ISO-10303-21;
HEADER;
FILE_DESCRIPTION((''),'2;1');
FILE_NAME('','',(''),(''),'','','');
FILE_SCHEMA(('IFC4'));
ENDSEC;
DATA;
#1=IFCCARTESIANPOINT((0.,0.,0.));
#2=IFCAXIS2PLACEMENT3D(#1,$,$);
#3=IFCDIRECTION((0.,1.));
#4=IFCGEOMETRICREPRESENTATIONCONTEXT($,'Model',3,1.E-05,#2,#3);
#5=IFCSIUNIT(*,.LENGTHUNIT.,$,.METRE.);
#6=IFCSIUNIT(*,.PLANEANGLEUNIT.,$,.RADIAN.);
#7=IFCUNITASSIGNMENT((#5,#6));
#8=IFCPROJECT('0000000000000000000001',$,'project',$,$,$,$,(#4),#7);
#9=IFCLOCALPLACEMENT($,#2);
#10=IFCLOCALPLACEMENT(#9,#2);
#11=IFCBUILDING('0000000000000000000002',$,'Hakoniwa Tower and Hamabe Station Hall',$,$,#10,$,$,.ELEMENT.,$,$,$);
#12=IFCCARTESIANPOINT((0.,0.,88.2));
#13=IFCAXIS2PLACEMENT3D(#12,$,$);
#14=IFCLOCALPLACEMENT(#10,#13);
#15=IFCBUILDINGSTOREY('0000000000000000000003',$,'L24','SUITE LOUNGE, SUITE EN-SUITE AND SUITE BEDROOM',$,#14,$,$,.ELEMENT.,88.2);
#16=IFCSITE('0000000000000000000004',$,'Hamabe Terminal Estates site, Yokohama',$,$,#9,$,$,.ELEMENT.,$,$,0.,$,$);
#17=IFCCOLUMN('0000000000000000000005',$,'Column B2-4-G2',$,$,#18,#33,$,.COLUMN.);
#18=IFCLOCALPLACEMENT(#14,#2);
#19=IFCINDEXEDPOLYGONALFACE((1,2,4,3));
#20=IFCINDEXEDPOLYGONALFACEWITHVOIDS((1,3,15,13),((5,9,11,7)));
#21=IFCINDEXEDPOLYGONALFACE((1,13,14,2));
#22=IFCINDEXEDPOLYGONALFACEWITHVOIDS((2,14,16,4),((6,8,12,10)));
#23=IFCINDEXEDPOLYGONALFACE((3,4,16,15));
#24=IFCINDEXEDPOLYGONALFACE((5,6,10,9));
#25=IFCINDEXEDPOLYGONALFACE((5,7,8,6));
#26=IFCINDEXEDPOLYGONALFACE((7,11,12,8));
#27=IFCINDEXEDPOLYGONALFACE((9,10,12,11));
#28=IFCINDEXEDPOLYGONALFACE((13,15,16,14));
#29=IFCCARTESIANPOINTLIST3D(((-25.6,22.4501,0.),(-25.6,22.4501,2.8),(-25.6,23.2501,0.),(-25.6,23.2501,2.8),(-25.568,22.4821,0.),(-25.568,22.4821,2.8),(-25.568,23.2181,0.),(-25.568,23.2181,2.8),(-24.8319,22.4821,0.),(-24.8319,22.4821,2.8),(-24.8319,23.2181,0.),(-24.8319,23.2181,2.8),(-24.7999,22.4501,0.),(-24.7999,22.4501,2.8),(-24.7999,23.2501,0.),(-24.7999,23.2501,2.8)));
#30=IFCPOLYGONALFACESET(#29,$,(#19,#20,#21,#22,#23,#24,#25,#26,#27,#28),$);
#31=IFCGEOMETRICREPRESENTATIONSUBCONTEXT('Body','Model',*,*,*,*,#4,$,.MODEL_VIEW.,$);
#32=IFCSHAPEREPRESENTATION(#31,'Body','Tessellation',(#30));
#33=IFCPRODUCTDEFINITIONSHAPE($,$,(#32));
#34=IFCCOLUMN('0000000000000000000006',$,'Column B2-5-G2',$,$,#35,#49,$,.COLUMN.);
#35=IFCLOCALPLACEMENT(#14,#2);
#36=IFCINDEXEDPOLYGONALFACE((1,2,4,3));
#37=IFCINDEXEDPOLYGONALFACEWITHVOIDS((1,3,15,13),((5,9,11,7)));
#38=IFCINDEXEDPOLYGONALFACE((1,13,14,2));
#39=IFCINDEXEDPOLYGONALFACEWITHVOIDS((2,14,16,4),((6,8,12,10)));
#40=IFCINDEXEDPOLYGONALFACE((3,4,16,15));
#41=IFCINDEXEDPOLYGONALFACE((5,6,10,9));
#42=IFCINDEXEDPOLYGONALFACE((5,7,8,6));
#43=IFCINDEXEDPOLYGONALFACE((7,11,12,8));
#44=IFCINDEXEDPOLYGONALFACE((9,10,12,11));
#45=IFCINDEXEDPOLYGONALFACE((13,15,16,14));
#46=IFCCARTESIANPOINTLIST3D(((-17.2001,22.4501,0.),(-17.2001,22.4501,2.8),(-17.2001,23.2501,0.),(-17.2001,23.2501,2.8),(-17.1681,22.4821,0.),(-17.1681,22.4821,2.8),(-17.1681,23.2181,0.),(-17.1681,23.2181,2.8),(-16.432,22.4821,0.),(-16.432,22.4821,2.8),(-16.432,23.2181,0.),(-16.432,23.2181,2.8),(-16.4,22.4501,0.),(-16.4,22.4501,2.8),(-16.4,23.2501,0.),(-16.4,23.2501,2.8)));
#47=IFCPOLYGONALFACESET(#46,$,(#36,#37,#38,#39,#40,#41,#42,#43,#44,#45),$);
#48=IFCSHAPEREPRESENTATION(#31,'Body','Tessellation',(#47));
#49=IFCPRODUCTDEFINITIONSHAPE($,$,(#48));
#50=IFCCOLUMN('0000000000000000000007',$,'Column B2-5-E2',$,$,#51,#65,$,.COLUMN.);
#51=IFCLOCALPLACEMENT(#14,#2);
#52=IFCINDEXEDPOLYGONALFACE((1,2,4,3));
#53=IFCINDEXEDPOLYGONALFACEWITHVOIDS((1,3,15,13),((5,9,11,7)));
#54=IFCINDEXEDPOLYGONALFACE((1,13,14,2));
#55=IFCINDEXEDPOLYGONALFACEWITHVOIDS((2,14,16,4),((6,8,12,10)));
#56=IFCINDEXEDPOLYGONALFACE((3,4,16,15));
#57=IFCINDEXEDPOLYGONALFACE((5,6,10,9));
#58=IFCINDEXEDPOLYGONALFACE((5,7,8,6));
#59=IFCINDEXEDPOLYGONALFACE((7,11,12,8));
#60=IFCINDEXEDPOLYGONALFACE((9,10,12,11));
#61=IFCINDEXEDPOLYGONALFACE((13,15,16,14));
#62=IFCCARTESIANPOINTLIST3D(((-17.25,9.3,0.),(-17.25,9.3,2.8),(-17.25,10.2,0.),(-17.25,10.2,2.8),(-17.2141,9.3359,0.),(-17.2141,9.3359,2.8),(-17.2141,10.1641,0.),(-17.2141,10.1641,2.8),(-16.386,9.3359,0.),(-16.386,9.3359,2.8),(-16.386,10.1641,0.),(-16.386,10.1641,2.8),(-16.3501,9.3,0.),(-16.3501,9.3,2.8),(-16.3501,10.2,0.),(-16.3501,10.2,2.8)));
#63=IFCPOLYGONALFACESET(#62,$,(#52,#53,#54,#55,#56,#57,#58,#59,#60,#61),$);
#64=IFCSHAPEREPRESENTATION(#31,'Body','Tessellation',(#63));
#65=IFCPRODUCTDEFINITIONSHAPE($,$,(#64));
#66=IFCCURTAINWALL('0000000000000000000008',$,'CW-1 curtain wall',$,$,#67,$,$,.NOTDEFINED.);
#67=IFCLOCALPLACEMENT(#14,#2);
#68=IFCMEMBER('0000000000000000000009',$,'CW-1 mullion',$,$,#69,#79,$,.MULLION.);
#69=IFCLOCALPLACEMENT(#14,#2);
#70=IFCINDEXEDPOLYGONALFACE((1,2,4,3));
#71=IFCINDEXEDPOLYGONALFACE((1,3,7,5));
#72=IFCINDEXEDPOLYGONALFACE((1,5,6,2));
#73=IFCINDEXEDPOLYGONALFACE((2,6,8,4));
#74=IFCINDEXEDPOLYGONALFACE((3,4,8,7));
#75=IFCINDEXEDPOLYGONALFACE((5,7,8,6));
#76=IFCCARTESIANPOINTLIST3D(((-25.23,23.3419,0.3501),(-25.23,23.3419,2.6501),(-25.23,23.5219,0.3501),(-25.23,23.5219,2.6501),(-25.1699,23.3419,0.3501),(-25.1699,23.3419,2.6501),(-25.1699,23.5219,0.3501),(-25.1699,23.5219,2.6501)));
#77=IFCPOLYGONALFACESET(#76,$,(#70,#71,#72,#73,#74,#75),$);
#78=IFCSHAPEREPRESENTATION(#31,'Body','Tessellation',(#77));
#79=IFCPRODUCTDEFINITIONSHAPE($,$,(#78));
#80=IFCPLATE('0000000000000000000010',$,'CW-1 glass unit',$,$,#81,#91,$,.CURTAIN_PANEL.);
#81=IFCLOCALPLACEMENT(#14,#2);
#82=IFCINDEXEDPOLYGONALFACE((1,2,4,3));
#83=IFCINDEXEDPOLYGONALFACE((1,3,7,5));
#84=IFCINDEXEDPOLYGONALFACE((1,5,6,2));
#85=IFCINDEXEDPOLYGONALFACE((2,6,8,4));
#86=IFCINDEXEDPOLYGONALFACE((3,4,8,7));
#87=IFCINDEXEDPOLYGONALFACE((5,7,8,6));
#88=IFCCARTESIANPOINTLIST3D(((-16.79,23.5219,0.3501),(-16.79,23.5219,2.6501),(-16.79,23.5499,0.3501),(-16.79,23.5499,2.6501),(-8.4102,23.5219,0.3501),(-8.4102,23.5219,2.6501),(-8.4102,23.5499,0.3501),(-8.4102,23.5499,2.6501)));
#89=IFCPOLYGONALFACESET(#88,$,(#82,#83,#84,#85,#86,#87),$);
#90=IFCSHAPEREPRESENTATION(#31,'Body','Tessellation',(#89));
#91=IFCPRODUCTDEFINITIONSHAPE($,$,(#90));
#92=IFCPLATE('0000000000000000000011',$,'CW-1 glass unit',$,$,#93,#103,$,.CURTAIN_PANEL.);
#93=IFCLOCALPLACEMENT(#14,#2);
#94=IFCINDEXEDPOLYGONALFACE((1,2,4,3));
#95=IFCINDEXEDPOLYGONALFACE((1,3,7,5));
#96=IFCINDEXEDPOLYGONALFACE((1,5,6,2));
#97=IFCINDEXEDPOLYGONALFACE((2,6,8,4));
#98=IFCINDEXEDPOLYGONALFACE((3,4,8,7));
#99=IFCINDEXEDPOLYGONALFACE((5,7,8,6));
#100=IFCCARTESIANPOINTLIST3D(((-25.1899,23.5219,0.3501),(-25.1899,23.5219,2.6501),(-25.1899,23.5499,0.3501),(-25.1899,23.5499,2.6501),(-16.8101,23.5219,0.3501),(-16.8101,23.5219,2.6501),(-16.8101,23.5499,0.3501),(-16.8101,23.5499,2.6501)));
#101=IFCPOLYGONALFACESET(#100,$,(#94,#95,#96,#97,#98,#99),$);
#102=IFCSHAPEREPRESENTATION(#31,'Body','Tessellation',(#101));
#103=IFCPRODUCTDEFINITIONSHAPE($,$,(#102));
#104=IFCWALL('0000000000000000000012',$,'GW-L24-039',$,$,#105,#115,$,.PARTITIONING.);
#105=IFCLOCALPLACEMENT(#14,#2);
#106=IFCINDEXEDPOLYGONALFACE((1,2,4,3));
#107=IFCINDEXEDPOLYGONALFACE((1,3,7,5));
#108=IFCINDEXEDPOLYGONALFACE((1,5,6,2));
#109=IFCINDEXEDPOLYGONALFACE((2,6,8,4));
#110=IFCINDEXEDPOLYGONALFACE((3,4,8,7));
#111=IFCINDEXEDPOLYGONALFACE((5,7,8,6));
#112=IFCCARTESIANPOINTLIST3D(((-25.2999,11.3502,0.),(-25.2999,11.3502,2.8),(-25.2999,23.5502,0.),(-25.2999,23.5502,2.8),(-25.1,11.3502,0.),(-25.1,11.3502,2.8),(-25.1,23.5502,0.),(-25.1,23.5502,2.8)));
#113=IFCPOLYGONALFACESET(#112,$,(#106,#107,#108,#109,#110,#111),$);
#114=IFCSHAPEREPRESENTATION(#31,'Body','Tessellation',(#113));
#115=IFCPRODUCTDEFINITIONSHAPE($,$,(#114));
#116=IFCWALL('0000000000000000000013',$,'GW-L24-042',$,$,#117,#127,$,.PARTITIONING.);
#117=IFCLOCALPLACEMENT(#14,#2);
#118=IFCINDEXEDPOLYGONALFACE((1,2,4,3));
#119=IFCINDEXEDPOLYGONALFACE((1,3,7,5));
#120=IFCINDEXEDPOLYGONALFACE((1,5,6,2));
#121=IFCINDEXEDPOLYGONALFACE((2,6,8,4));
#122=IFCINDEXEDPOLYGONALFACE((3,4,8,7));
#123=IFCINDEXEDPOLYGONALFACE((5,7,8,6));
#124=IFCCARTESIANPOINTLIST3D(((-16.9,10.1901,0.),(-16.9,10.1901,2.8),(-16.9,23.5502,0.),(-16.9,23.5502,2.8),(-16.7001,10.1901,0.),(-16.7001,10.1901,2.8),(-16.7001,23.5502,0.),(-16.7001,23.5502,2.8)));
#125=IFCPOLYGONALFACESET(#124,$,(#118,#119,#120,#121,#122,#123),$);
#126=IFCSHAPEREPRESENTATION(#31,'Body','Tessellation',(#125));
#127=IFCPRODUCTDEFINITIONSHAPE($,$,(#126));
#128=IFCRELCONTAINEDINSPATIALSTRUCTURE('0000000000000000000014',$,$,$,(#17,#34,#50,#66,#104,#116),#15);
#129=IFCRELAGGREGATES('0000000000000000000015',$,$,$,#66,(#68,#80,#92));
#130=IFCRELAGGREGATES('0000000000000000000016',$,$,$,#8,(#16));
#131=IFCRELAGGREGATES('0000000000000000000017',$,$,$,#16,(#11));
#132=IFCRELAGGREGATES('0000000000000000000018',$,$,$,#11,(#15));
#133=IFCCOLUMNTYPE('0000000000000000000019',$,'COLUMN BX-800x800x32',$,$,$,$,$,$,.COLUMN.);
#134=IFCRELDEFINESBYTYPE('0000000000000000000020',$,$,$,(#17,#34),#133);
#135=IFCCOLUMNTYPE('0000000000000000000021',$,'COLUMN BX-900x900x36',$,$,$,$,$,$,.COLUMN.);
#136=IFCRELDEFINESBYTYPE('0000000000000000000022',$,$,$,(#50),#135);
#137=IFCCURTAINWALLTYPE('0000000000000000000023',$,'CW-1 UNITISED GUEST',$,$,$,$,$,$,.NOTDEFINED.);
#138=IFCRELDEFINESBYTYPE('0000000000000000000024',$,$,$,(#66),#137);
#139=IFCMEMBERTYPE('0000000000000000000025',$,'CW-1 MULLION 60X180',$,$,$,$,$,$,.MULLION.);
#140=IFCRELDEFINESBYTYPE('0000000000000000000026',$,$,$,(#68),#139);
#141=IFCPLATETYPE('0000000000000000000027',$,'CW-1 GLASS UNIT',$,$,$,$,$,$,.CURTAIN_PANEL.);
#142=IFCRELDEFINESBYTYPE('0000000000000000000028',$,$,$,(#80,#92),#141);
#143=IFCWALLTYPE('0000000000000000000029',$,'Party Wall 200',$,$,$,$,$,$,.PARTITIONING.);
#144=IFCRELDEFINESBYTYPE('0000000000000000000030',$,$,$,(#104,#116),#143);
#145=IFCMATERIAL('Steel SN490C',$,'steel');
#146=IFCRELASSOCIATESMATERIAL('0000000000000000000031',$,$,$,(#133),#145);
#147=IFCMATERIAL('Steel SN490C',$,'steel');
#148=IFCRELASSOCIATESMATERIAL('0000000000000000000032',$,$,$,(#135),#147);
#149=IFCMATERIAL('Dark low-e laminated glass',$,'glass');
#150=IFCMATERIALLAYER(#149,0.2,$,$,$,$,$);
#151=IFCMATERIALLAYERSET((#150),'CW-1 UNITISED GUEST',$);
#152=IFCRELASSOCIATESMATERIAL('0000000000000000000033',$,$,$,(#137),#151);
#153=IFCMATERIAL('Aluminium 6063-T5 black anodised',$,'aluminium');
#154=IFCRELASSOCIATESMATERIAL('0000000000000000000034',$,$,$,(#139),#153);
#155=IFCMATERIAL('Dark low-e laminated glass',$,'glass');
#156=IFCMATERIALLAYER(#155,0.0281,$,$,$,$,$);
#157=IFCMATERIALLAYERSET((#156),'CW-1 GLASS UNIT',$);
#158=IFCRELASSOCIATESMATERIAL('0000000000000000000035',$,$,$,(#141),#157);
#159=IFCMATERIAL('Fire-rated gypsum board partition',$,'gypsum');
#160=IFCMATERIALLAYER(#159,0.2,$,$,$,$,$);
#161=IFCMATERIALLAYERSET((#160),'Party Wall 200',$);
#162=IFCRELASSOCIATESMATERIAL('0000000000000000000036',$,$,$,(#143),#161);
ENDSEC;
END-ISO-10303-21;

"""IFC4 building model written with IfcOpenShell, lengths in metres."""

from ifc_helpers import new_model, si_unit, direction, frame, frame_2d, origin, origin_2d, place, context, subcontext, project, spatial, rectangle, hollow_rectangle, extrude, material, layer, layer_set, material_profile, profile_set, type_object, element, aggregate, save


model = new_model("IFC4")

# Units and contexts
model_context = context("Model", 3, precision=1e-05, world=origin(), true_north=direction((0.0, 1.0)))
body_context = subcontext(model_context, "Body", "Model", "MODEL_VIEW")
ifc_project = project(units=[si_unit("LENGTHUNIT", "METRE"), si_unit("PLANEANGLEUNIT", "RADIAN")], contexts=[model_context])

# Site, building, storey
site_placement = place(None, origin())
site = spatial("IfcSite", under=ifc_project, at=site_placement, Name="Hamabe Terminal Estates site, Yokohama", CompositionType="ELEMENT", RefElevation=0.0)
building_placement = place(site_placement, origin())
building = spatial("IfcBuilding", under=site, at=building_placement, Name="Hakoniwa Tower and Hamabe Station Hall", CompositionType="ELEMENT")
storey_placement = place(building_placement, frame((0.0, 0.0, 88.2)))
storey = spatial("IfcBuildingStorey", under=building, at=storey_placement, Name="L24", Description="SUITE LOUNGE, SUITE EN-SUITE AND SUITE BEDROOM", CompositionType="ELEMENT", Elevation=88.2)

# Columns
ifc_material_1 = material(Name="Steel SN490C", Category="steel")
ifc_material_profile_1 = material_profile(ifc_material_1, hollow_rectangle(XDim=0.8, YDim=0.8, WallThickness=0.032, at=origin_2d()), Name="BX-800x800x32")
ifc_profile_set_1 = profile_set([ifc_material_profile_1], Name="Steel SN490C")
column_type_1 = type_object("IfcColumnType", Name="COLUMN BX-800x800x32", PredefinedType="COLUMN", material=ifc_profile_set_1)
for number, where, z_axis, x_axis, name in (
    (1, (-25.2, 22.8501, 0.0), (0.0, 0.0, 1.0), (1.0, 0.0, 0.0), "Column B2-4-G2"),
    (2, (-16.8, 22.8501, 0.0), (0.0, 0.0, 1.0), (1.0, 0.0, 0.0), "Column B2-5-G2"),
):
    element("IfcColumn", number, at=place(storey_placement, frame(where, z_axis=z_axis, x_axis=x_axis)), inside=storey, type_object=column_type_1, Name=name, PredefinedType="COLUMN", context=body_context, shape_type="SweptSolid", body=[
        extrude(hollow_rectangle(XDim=0.8, YDim=0.8, WallThickness=0.032, at=origin_2d()), origin(), (0.0, 0.0, 1.0), 2.8),
    ])
ifc_material_2 = material(Name="Steel SN490C", Category="steel")
ifc_material_profile_2 = material_profile(ifc_material_2, hollow_rectangle(XDim=0.8999, YDim=0.8999, WallThickness=0.0359, at=origin_2d()), Name="BX-900x900x36")
ifc_profile_set_2 = profile_set([ifc_material_profile_2], Name="Steel SN490C")
column_type_2 = type_object("IfcColumnType", Name="COLUMN BX-900x900x36", PredefinedType="COLUMN", material=ifc_profile_set_2)
column_placement = place(storey_placement, frame((-16.8, 9.75, 0.0), z_axis=(0.0, 0.0, 1.0), x_axis=(1.0, 0.0, 0.0)))
element("IfcColumn", 3, at=column_placement, inside=storey, type_object=column_type_2, Name="Column B2-5-E2", PredefinedType="COLUMN", context=body_context, shape_type="SweptSolid", body=[
    extrude(hollow_rectangle(XDim=0.8999, YDim=0.8999, WallThickness=0.0359, at=origin_2d()), origin(), (0.0, 0.0, 1.0), 2.8),
])

# Curtain wall, member, plates
ifc_material_3 = material(Name="Dark low-e laminated glass", Category="glass")
ifc_layer_1 = layer(ifc_material_3, 0.2)
ifc_layer_set_1 = layer_set([ifc_layer_1], Name="CW-1 UNITISED GUEST")
curtain_wall_type = type_object("IfcCurtainWallType", Name="CW-1 UNITISED GUEST", PredefinedType="NOTDEFINED", material=ifc_layer_set_1)
curtain_wall_placement = place(storey_placement, origin())
curtain_wall = element("IfcCurtainWall", 4, at=curtain_wall_placement, inside=storey, type_object=curtain_wall_type, Name="CW-1 curtain wall", PredefinedType="NOTDEFINED")
ifc_material_4 = material(Name="Aluminium 6063-T5 black anodised", Category="aluminium")
ifc_material_profile_3 = material_profile(ifc_material_4, rectangle(XDim=0.0601, YDim=0.1799, at=origin_2d()), Name="CW-1 MULLION 60X180")
ifc_profile_set_3 = profile_set([ifc_material_profile_3], Name="Aluminium 6063-T5 black anodised")
member_type = type_object("IfcMemberType", Name="CW-1 MULLION 60X180", PredefinedType="MULLION", material=ifc_profile_set_3)
member_placement = place(storey_placement, frame((-25.2, 23.4319, 0.3501), z_axis=(0.0, 0.0, 1.0), x_axis=(-1.0, 0.0, 0.0)))
member = element("IfcMember", 5, at=member_placement, type_object=member_type, Name="CW-1 mullion", PredefinedType="MULLION", context=body_context, shape_type="SweptSolid", body=[
    extrude(rectangle(XDim=0.0601, YDim=0.1799, at=origin_2d()), origin(), (0.0, 0.0, 1.0), 2.3),
])
ifc_material_5 = material(Name="Dark low-e laminated glass", Category="glass")
ifc_layer_2 = layer(ifc_material_5, 0.0281)
ifc_layer_set_2 = layer_set([ifc_layer_2], Name="CW-1 GLASS UNIT")
plate_type = type_object("IfcPlateType", Name="CW-1 GLASS UNIT", PredefinedType="CURTAIN_PANEL", material=ifc_layer_set_2)
plate_1_placement = place(storey_placement, frame((-12.6001, 23.5359, 0.3501), z_axis=(0.0, 0.0, 1.0), x_axis=(-1.0, 0.0, 0.0)))
plate_1 = element("IfcPlate", 6, at=plate_1_placement, type_object=plate_type, Name="CW-1 glass unit", PredefinedType="CURTAIN_PANEL", context=body_context, shape_type="SweptSolid", body=[
    extrude(rectangle(XDim=8.3799, YDim=0.0281, at=origin_2d()), origin(), (0.0, 0.0, 1.0), 2.3),
])
plate_2_placement = place(storey_placement, frame((-21.0, 23.5359, 0.3501), z_axis=(0.0, 0.0, 1.0), x_axis=(-1.0, 0.0, 0.0)))
plate_2 = element("IfcPlate", 7, at=plate_2_placement, type_object=plate_type, Name="CW-1 glass unit", PredefinedType="CURTAIN_PANEL", context=body_context, shape_type="SweptSolid", body=[
    extrude(rectangle(XDim=8.3799, YDim=0.0281, at=origin_2d()), origin(), (0.0, 0.0, 1.0), 2.3),
])
aggregate(curtain_wall, [member, plate_1, plate_2])

# Walls
ifc_material_6 = material(Name="Fire-rated gypsum board partition", Category="gypsum")
ifc_layer_3 = layer(ifc_material_6, 0.2)
ifc_layer_set_3 = layer_set([ifc_layer_3], Name="Party Wall 200")
wall_type = type_object("IfcWallType", Name="Party Wall 200", PredefinedType="PARTITIONING", material=ifc_layer_set_3)
wall_1_placement = place(storey_placement, frame((-25.2, 11.3501, 0.0), z_axis=(0.0, 0.0, 1.0), x_axis=(0.0, 1.0, 0.0)))
element("IfcWall", 8, at=wall_1_placement, inside=storey, type_object=wall_type, Name="GW-L24-039", PredefinedType="PARTITIONING", context=body_context, shape_type="SweptSolid", body=[
    extrude(rectangle(XDim=12.2, YDim=0.2, at=frame_2d((6.1001, 0.0))), origin(), (0.0, 0.0, 1.0), 2.8),
])
wall_2_placement = place(storey_placement, frame((-16.8, 10.1899, 0.0), z_axis=(0.0, 0.0, 1.0), x_axis=(0.0, 1.0, 0.0)))
element("IfcWall", 9, at=wall_2_placement, inside=storey, type_object=wall_type, Name="GW-L24-042", PredefinedType="PARTITIONING", context=body_context, shape_type="SweptSolid", body=[
    extrude(rectangle(XDim=13.3601, YDim=0.2, at=frame_2d((6.6802, 0.0))), origin(), (0.0, 0.0, 1.0), 2.8),
])

save(model, "model.ifc")
